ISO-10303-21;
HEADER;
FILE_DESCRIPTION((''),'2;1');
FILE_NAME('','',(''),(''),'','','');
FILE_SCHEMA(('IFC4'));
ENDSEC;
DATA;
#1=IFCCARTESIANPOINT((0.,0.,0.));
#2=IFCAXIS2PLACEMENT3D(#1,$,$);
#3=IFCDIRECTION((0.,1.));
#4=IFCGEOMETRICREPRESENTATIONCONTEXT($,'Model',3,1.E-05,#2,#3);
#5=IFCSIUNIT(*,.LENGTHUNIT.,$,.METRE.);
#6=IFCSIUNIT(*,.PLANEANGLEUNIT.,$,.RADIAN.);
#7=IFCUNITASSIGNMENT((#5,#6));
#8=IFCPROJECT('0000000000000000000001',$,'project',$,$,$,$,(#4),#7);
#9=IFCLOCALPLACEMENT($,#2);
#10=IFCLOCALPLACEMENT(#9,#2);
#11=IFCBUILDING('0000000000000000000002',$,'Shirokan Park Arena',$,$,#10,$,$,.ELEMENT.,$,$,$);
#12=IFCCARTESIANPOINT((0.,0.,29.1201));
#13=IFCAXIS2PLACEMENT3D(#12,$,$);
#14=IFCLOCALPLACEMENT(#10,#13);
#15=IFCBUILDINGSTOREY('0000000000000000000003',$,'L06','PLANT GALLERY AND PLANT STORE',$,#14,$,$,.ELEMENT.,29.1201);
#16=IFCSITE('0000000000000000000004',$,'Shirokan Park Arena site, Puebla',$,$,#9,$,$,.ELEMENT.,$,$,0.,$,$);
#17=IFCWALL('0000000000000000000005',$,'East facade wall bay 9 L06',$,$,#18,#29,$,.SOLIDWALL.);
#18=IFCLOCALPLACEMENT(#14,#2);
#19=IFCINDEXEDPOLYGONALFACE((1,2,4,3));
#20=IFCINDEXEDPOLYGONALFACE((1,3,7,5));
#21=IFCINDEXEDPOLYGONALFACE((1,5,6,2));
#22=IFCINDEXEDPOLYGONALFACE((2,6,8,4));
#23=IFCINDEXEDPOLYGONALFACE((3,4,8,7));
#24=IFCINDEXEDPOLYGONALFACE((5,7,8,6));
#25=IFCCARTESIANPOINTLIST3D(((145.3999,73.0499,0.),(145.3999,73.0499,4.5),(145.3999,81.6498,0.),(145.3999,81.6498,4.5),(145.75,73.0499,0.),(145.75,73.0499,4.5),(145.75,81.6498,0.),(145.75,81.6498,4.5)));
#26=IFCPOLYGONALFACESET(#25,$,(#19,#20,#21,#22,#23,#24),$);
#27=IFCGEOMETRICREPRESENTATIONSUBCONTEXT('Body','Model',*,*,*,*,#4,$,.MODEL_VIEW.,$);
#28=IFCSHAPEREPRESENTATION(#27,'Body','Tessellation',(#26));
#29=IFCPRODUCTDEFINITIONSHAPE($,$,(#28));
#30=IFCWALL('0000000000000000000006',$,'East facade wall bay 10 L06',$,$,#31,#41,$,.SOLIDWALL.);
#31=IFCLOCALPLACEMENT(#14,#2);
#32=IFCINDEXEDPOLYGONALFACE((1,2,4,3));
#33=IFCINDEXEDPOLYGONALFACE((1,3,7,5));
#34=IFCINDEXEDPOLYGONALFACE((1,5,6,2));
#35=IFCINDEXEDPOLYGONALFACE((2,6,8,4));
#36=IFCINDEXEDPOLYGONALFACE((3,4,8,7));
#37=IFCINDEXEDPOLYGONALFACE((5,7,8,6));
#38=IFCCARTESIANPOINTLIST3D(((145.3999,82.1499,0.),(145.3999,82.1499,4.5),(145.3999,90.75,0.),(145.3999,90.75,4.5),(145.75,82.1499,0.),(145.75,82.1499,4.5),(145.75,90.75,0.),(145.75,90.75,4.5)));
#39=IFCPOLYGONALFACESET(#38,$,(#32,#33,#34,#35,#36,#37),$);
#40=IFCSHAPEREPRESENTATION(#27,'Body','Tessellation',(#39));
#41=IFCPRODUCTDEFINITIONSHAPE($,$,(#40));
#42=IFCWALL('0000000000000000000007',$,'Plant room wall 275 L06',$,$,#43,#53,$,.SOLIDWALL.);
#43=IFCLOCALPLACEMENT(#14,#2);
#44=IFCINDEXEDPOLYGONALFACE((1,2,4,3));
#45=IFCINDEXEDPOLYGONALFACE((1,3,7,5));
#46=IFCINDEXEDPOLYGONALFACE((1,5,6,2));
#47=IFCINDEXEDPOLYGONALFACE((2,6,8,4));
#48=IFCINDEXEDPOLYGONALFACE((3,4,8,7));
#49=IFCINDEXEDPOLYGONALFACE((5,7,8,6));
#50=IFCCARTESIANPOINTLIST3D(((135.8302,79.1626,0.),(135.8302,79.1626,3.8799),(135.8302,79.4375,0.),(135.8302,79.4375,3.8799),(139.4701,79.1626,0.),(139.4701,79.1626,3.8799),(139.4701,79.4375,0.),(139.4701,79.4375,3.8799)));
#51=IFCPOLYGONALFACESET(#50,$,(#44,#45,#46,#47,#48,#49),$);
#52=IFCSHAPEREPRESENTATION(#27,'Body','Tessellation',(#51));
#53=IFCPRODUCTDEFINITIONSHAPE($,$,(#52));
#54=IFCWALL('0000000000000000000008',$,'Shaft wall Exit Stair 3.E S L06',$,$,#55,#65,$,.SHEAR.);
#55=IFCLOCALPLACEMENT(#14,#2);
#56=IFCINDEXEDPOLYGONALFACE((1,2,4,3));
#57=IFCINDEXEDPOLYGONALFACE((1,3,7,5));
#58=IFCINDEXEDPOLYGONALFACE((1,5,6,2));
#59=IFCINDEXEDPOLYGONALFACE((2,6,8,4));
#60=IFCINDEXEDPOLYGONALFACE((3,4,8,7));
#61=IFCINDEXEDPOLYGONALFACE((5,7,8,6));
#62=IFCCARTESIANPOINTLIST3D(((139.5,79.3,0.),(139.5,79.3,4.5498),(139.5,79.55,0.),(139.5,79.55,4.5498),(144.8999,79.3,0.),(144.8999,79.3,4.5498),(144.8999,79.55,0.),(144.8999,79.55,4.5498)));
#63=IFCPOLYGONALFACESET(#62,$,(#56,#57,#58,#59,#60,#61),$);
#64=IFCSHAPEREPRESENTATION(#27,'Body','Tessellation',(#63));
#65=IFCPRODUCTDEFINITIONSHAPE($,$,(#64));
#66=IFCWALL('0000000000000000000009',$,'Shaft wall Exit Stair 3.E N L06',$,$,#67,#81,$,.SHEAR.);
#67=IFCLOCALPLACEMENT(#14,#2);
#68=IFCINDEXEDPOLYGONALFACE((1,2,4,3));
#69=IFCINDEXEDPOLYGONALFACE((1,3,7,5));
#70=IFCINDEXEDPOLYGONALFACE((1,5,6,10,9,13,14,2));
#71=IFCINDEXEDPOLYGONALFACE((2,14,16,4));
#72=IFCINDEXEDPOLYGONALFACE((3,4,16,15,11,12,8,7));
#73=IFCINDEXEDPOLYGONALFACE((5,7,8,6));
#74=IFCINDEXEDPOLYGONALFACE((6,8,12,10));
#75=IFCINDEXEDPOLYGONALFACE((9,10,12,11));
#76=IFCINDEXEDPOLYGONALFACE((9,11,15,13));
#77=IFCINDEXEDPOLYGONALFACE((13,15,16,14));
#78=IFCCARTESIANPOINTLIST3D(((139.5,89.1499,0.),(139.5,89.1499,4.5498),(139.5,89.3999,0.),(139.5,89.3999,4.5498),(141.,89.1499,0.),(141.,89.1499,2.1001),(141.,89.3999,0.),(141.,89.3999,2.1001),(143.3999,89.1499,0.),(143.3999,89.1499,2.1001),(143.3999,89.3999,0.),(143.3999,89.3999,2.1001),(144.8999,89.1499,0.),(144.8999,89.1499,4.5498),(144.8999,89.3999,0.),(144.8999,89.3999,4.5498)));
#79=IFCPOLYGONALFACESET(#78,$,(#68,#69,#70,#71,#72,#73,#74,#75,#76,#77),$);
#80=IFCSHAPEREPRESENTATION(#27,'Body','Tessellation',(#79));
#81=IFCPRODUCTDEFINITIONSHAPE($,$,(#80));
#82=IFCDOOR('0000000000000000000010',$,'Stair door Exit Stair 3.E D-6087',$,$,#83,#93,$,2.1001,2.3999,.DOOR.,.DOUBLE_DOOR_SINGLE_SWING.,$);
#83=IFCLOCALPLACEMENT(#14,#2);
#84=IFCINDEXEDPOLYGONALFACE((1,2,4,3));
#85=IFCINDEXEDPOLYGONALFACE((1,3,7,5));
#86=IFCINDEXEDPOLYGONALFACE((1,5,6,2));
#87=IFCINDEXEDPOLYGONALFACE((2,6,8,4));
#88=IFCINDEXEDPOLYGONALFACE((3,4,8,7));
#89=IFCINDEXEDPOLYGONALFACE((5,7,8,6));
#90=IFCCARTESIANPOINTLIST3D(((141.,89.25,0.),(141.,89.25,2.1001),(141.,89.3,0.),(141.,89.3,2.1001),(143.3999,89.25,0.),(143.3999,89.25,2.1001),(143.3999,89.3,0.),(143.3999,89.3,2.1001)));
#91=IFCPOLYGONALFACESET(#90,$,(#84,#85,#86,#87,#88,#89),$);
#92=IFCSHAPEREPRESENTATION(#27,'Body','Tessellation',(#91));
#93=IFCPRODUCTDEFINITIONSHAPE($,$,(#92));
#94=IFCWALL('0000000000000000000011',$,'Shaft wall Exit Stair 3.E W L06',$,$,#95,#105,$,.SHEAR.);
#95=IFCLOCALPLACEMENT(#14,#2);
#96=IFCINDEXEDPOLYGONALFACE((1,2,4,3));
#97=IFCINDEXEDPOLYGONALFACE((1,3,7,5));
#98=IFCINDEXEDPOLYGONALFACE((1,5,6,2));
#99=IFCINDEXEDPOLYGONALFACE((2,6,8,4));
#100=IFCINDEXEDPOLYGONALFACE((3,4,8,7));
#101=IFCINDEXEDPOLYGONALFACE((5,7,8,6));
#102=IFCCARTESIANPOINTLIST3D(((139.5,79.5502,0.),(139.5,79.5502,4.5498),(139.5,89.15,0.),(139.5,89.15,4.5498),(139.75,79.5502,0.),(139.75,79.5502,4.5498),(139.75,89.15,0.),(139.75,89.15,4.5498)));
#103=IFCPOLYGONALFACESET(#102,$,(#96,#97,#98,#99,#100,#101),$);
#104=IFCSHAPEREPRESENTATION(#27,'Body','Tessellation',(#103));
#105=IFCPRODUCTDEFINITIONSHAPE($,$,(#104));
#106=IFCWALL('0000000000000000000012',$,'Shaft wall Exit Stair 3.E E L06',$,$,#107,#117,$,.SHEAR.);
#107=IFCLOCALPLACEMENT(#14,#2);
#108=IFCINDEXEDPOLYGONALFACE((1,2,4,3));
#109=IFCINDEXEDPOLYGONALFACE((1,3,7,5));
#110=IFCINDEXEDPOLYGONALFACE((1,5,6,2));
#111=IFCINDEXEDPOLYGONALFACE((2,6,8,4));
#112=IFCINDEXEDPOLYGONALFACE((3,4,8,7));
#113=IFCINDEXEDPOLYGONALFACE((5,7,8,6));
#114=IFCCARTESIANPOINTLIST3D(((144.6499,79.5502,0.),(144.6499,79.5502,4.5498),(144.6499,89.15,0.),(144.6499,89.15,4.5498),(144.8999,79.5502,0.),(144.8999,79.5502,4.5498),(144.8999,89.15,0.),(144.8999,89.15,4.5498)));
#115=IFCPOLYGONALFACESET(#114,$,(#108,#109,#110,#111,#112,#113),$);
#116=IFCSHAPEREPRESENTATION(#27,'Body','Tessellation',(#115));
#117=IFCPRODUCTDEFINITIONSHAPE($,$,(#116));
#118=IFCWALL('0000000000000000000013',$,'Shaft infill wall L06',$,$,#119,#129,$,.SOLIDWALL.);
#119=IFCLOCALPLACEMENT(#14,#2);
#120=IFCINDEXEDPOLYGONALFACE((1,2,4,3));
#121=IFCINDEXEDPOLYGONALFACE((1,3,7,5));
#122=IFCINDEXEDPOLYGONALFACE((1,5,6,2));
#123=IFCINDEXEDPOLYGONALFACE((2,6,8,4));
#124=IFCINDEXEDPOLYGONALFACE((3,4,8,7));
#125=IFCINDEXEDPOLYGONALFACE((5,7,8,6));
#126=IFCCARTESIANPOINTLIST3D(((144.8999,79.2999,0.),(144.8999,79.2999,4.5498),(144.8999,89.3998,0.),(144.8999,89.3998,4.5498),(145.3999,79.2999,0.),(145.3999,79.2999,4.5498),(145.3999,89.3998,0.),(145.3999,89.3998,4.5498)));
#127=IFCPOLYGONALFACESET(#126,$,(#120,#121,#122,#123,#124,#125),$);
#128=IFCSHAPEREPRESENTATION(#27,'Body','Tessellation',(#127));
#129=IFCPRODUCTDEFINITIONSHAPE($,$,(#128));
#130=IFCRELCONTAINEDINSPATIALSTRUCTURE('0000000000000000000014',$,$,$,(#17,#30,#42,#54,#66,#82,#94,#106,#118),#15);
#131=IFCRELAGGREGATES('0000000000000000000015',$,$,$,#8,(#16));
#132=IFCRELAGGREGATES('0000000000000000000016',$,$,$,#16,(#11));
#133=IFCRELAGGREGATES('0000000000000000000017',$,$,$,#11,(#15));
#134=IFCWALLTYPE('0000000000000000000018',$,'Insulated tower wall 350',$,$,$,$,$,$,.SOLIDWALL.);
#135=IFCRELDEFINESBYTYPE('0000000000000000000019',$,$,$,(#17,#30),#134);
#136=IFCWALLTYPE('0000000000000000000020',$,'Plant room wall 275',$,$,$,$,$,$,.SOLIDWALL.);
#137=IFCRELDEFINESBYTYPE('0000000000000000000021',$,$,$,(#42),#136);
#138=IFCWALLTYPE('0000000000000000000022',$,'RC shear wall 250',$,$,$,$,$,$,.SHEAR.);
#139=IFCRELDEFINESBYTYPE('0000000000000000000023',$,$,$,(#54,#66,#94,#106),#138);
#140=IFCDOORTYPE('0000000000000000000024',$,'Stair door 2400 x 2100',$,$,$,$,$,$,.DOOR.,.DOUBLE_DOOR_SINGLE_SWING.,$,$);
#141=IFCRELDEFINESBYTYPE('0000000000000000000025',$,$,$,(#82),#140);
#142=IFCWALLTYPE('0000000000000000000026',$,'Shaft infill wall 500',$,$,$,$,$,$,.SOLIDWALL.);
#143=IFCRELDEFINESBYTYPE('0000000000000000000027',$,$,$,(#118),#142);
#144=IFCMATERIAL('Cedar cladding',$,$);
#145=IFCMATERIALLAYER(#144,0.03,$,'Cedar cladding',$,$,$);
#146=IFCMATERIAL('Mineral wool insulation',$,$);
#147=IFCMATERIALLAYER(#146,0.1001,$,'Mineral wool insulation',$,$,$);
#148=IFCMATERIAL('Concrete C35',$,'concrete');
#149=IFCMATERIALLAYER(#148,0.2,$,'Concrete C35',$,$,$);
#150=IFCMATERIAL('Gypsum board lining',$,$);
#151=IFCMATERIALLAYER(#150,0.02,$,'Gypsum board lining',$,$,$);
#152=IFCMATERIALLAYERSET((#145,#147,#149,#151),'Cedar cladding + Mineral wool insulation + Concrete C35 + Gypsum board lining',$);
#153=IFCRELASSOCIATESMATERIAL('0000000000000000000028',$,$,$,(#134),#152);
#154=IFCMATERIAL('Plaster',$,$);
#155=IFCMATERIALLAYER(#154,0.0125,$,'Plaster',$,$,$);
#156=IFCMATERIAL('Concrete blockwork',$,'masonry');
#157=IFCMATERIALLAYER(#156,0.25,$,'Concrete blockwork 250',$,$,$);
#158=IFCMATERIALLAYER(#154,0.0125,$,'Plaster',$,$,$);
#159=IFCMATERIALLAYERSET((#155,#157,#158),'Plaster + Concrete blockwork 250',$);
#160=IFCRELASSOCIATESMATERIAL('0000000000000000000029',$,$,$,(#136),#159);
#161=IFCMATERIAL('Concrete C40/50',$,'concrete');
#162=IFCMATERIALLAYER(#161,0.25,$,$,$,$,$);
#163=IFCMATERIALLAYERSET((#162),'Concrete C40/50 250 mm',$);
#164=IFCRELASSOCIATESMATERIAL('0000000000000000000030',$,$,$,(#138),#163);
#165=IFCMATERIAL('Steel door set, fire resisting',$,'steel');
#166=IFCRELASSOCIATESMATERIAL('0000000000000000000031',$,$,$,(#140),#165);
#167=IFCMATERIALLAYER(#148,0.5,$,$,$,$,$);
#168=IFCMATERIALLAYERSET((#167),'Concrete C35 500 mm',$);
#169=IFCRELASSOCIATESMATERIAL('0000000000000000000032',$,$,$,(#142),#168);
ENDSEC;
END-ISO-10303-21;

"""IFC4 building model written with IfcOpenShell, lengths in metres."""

from ifc_helpers import new_model, si_unit, direction, frame, frame_2d, origin, place, context, subcontext, project, spatial, rectangle, extrude, material, layer, layer_set, type_object, element, fill, save


model = new_model("IFC4")

# Units and contexts
model_context = context("Model", 3, precision=1e-05, world=origin(), true_north=direction((0.0, 1.0)))
body_context = subcontext(model_context, "Body", "Model", "MODEL_VIEW")
ifc_project = project(units=[si_unit("LENGTHUNIT", "METRE"), si_unit("PLANEANGLEUNIT", "RADIAN")], contexts=[model_context])

# Site, building, storey
site_placement = place(None, origin())
site = spatial("IfcSite", under=ifc_project, at=site_placement, Name="Shirokan Park Arena site, Puebla", CompositionType="ELEMENT", RefElevation=0.0)
building_placement = place(site_placement, origin())
building = spatial("IfcBuilding", under=site, at=building_placement, Name="Shirokan Park Arena", CompositionType="ELEMENT")
storey_placement = place(building_placement, frame((0.0, 0.0, 29.1201)))
storey = spatial("IfcBuildingStorey", under=building, at=storey_placement, Name="L06", Description="PLANT GALLERY AND PLANT STORE", CompositionType="ELEMENT", Elevation=29.1201)

# Shared definitions
ifc_material_1 = material(Name="Concrete C35", Category="concrete")

# Shared definitions
ifc_material_2 = material(Name="Mineral wool insulation")
ifc_material_3 = material(Name="Steel door set, fire resisting", Category="steel")

# Walls
ifc_material_4 = material(Name="Cedar cladding")
ifc_layer_1 = layer(ifc_material_4, 0.03, Name="Cedar cladding")
ifc_layer_2 = layer(ifc_material_2, 0.1001, Name="Mineral wool insulation")
ifc_layer_3 = layer(ifc_material_1, 0.2, Name="Concrete C35")
ifc_material_5 = material(Name="Gypsum board lining")
ifc_layer_4 = layer(ifc_material_5, 0.02, Name="Gypsum board lining")
ifc_layer_set_1 = layer_set([ifc_layer_1, ifc_layer_2, ifc_layer_3, ifc_layer_4], Name="Cedar cladding + Mineral wool insulation + Concrete C35 + Gypsum board lining")
wall_type_1 = type_object("IfcWallType", Name="Insulated tower wall 350", PredefinedType="SOLIDWALL", material=ifc_layer_set_1)
wall_1_placement = place(storey_placement, frame((145.575, 73.05, 0.0), z_axis=(0.0, 0.0, 1.0), x_axis=(0.0, 1.0, 0.0)))
element("IfcWall", 1, at=wall_1_placement, inside=storey, type_object=wall_type_1, Name="East facade wall bay 9 L06", PredefinedType="SOLIDWALL", context=body_context, shape_type="SweptSolid", body=[
    extrude(rectangle(XDim=8.5999, YDim=0.3501, at=frame_2d((4.2998, 0.0))), origin(), (0.0, 0.0, 1.0), 4.5),
])
wall_2_placement = place(storey_placement, frame((145.575, 82.1499, 0.0), z_axis=(0.0, 0.0, 1.0), x_axis=(0.0, 1.0, 0.0)))
element("IfcWall", 2, at=wall_2_placement, inside=storey, type_object=wall_type_1, Name="East facade wall bay 10 L06", PredefinedType="SOLIDWALL", context=body_context, shape_type="SweptSolid", body=[
    extrude(rectangle(XDim=8.6001, YDim=0.3501, at=frame_2d((4.3, 0.0))), origin(), (0.0, 0.0, 1.0), 4.5),
])
ifc_material_6 = material(Name="Plaster")
ifc_layer_5 = layer(ifc_material_6, 0.0125, Name="Plaster")
ifc_material_7 = material(Name="Concrete blockwork", Category="masonry")
ifc_layer_6 = layer(ifc_material_7, 0.25, Name="Concrete blockwork 250")
ifc_layer_7 = layer(ifc_material_6, 0.0125, Name="Plaster")
ifc_layer_set_2 = layer_set([ifc_layer_5, ifc_layer_6, ifc_layer_7], Name="Plaster + Concrete blockwork 250")
wall_type_2 = type_object("IfcWallType", Name="Plant room wall 275", PredefinedType="SOLIDWALL", material=ifc_layer_set_2)
wall_3_placement = place(storey_placement, frame((139.47, 79.3, 0.0), z_axis=(0.0, 0.0, 1.0), x_axis=(-1.0, 0.0, 0.0)))
element("IfcWall", 3, at=wall_3_placement, inside=storey, type_object=wall_type_2, Name="Plant room wall 275 L06", PredefinedType="SOLIDWALL", context=body_context, shape_type="SweptSolid", body=[
    extrude(rectangle(XDim=3.6399, YDim=0.2749, at=frame_2d((1.8198, 0.0))), origin(), (0.0, 0.0, 1.0), 3.8799),
])
ifc_material_8 = material(Name="Concrete C40/50", Category="concrete")
ifc_layer_8 = layer(ifc_material_8, 0.25)
ifc_layer_set_3 = layer_set([ifc_layer_8], Name="Concrete C40/50 250 mm")
wall_type_3 = type_object("IfcWallType", Name="RC shear wall 250", PredefinedType="SHEAR", material=ifc_layer_set_3)
wall_4_placement = place(storey_placement, frame((144.8999, 79.425, 0.0), z_axis=(0.0, 0.0, 1.0), x_axis=(-1.0, 0.0, 0.0)))
element("IfcWall", 4, at=wall_4_placement, inside=storey, type_object=wall_type_3, Name="Shaft wall Exit Stair 3.E S L06", PredefinedType="SHEAR", context=body_context, shape_type="SweptSolid", body=[
    extrude(rectangle(XDim=5.3999, YDim=0.25, at=frame_2d((2.7, 0.0))), origin(), (0.0, 0.0, 1.0), 4.5498),
])

# Wall, opening, door
wall_5_placement = place(storey_placement, frame((144.8999, 89.2749, 0.0), z_axis=(0.0, 0.0, 1.0), x_axis=(-1.0, 0.0, 0.0)))
wall_5 = element("IfcWall", 5, at=wall_5_placement, inside=storey, type_object=wall_type_3, Name="Shaft wall Exit Stair 3.E N L06", PredefinedType="SHEAR", context=body_context, shape_type="SweptSolid", body=[
    extrude(rectangle(XDim=5.3999, YDim=0.25, at=frame_2d((2.7, 0.0))), origin(), (0.0, 0.0, 1.0), 4.5498),
])
opening_1_placement = place(wall_5_placement, frame((1.5, 0.0, 0.0)))
opening_1 = element("IfcOpeningElement", 6, at=opening_1_placement, cuts=wall_5, PredefinedType="OPENING", context=body_context, shape_type="SweptSolid", body=[
    extrude(rectangle(XDim=2.3999, YDim=2.1001, at=frame_2d((1.2, 1.05))), frame((0.0, 0.135, 0.0), z_axis=(0.0, -1.0, 0.0), x_axis=(1.0, 0.0, 0.0)), (0.0, 0.0, 1.0), 0.27),
])
door_type_1 = type_object("IfcDoorType", Name="Stair door 2400 x 2100", OperationType="DOUBLE_DOOR_SINGLE_SWING", PredefinedType="DOOR", material=ifc_material_3)
door_1_placement = place(opening_1_placement, origin())
door_1 = element("IfcDoor", 7, at=door_1_placement, inside=storey, type_object=door_type_1, Name="Stair door Exit Stair 3.E D-6087", OperationType="DOUBLE_DOOR_SINGLE_SWING", OverallHeight=2.1001, OverallWidth=2.3999, PredefinedType="DOOR", context=body_context, shape_type="SweptSolid", body=[
    extrude(rectangle(XDim=2.3999, YDim=2.1001, at=frame_2d((1.2, 1.05))), frame((0.0, 0.0249, 0.0), z_axis=(0.0, -1.0, 0.0), x_axis=(1.0, 0.0, 0.0)), (0.0, 0.0, 1.0), 0.05),
])
fill(opening_1, door_1)

# Walls
for number, where, z_axis, x_axis, name in (
    (8, (139.625, 89.1499, 0.0), (0.0, 0.0, 1.0), (0.0, -1.0, 0.0), "Shaft wall Exit Stair 3.E W L06"),
    (9, (144.7749, 89.1499, 0.0), (0.0, 0.0, 1.0), (0.0, -1.0, 0.0), "Shaft wall Exit Stair 3.E E L06"),
):
    element("IfcWall", number, at=place(storey_placement, frame(where, z_axis=z_axis, x_axis=x_axis)), inside=storey, type_object=wall_type_3, Name=name, PredefinedType="SHEAR", context=body_context, shape_type="SweptSolid", body=[
        extrude(rectangle(XDim=9.5999, YDim=0.25, at=frame_2d((4.7998, 0.0))), origin(), (0.0, 0.0, 1.0), 4.5498),
    ])
ifc_layer_9 = layer(ifc_material_1, 0.5)
ifc_layer_set_4 = layer_set([ifc_layer_9], Name="Concrete C35 500 mm")
wall_type_4 = type_object("IfcWallType", Name="Shaft infill wall 500", PredefinedType="SOLIDWALL", material=ifc_layer_set_4)
wall_6_placement = place(storey_placement, frame((145.1499, 79.3, 0.0), z_axis=(0.0, 0.0, 1.0), x_axis=(0.0, 1.0, 0.0)))
element("IfcWall", 10, at=wall_6_placement, inside=storey, type_object=wall_type_4, Name="Shaft infill wall L06", PredefinedType="SOLIDWALL", context=body_context, shape_type="SweptSolid", body=[
    extrude(rectangle(XDim=10.0999, YDim=0.5, at=frame_2d((5.0498, 0.0))), origin(), (0.0, 0.0, 1.0), 4.5498),
])

save(model, "model.ifc")
